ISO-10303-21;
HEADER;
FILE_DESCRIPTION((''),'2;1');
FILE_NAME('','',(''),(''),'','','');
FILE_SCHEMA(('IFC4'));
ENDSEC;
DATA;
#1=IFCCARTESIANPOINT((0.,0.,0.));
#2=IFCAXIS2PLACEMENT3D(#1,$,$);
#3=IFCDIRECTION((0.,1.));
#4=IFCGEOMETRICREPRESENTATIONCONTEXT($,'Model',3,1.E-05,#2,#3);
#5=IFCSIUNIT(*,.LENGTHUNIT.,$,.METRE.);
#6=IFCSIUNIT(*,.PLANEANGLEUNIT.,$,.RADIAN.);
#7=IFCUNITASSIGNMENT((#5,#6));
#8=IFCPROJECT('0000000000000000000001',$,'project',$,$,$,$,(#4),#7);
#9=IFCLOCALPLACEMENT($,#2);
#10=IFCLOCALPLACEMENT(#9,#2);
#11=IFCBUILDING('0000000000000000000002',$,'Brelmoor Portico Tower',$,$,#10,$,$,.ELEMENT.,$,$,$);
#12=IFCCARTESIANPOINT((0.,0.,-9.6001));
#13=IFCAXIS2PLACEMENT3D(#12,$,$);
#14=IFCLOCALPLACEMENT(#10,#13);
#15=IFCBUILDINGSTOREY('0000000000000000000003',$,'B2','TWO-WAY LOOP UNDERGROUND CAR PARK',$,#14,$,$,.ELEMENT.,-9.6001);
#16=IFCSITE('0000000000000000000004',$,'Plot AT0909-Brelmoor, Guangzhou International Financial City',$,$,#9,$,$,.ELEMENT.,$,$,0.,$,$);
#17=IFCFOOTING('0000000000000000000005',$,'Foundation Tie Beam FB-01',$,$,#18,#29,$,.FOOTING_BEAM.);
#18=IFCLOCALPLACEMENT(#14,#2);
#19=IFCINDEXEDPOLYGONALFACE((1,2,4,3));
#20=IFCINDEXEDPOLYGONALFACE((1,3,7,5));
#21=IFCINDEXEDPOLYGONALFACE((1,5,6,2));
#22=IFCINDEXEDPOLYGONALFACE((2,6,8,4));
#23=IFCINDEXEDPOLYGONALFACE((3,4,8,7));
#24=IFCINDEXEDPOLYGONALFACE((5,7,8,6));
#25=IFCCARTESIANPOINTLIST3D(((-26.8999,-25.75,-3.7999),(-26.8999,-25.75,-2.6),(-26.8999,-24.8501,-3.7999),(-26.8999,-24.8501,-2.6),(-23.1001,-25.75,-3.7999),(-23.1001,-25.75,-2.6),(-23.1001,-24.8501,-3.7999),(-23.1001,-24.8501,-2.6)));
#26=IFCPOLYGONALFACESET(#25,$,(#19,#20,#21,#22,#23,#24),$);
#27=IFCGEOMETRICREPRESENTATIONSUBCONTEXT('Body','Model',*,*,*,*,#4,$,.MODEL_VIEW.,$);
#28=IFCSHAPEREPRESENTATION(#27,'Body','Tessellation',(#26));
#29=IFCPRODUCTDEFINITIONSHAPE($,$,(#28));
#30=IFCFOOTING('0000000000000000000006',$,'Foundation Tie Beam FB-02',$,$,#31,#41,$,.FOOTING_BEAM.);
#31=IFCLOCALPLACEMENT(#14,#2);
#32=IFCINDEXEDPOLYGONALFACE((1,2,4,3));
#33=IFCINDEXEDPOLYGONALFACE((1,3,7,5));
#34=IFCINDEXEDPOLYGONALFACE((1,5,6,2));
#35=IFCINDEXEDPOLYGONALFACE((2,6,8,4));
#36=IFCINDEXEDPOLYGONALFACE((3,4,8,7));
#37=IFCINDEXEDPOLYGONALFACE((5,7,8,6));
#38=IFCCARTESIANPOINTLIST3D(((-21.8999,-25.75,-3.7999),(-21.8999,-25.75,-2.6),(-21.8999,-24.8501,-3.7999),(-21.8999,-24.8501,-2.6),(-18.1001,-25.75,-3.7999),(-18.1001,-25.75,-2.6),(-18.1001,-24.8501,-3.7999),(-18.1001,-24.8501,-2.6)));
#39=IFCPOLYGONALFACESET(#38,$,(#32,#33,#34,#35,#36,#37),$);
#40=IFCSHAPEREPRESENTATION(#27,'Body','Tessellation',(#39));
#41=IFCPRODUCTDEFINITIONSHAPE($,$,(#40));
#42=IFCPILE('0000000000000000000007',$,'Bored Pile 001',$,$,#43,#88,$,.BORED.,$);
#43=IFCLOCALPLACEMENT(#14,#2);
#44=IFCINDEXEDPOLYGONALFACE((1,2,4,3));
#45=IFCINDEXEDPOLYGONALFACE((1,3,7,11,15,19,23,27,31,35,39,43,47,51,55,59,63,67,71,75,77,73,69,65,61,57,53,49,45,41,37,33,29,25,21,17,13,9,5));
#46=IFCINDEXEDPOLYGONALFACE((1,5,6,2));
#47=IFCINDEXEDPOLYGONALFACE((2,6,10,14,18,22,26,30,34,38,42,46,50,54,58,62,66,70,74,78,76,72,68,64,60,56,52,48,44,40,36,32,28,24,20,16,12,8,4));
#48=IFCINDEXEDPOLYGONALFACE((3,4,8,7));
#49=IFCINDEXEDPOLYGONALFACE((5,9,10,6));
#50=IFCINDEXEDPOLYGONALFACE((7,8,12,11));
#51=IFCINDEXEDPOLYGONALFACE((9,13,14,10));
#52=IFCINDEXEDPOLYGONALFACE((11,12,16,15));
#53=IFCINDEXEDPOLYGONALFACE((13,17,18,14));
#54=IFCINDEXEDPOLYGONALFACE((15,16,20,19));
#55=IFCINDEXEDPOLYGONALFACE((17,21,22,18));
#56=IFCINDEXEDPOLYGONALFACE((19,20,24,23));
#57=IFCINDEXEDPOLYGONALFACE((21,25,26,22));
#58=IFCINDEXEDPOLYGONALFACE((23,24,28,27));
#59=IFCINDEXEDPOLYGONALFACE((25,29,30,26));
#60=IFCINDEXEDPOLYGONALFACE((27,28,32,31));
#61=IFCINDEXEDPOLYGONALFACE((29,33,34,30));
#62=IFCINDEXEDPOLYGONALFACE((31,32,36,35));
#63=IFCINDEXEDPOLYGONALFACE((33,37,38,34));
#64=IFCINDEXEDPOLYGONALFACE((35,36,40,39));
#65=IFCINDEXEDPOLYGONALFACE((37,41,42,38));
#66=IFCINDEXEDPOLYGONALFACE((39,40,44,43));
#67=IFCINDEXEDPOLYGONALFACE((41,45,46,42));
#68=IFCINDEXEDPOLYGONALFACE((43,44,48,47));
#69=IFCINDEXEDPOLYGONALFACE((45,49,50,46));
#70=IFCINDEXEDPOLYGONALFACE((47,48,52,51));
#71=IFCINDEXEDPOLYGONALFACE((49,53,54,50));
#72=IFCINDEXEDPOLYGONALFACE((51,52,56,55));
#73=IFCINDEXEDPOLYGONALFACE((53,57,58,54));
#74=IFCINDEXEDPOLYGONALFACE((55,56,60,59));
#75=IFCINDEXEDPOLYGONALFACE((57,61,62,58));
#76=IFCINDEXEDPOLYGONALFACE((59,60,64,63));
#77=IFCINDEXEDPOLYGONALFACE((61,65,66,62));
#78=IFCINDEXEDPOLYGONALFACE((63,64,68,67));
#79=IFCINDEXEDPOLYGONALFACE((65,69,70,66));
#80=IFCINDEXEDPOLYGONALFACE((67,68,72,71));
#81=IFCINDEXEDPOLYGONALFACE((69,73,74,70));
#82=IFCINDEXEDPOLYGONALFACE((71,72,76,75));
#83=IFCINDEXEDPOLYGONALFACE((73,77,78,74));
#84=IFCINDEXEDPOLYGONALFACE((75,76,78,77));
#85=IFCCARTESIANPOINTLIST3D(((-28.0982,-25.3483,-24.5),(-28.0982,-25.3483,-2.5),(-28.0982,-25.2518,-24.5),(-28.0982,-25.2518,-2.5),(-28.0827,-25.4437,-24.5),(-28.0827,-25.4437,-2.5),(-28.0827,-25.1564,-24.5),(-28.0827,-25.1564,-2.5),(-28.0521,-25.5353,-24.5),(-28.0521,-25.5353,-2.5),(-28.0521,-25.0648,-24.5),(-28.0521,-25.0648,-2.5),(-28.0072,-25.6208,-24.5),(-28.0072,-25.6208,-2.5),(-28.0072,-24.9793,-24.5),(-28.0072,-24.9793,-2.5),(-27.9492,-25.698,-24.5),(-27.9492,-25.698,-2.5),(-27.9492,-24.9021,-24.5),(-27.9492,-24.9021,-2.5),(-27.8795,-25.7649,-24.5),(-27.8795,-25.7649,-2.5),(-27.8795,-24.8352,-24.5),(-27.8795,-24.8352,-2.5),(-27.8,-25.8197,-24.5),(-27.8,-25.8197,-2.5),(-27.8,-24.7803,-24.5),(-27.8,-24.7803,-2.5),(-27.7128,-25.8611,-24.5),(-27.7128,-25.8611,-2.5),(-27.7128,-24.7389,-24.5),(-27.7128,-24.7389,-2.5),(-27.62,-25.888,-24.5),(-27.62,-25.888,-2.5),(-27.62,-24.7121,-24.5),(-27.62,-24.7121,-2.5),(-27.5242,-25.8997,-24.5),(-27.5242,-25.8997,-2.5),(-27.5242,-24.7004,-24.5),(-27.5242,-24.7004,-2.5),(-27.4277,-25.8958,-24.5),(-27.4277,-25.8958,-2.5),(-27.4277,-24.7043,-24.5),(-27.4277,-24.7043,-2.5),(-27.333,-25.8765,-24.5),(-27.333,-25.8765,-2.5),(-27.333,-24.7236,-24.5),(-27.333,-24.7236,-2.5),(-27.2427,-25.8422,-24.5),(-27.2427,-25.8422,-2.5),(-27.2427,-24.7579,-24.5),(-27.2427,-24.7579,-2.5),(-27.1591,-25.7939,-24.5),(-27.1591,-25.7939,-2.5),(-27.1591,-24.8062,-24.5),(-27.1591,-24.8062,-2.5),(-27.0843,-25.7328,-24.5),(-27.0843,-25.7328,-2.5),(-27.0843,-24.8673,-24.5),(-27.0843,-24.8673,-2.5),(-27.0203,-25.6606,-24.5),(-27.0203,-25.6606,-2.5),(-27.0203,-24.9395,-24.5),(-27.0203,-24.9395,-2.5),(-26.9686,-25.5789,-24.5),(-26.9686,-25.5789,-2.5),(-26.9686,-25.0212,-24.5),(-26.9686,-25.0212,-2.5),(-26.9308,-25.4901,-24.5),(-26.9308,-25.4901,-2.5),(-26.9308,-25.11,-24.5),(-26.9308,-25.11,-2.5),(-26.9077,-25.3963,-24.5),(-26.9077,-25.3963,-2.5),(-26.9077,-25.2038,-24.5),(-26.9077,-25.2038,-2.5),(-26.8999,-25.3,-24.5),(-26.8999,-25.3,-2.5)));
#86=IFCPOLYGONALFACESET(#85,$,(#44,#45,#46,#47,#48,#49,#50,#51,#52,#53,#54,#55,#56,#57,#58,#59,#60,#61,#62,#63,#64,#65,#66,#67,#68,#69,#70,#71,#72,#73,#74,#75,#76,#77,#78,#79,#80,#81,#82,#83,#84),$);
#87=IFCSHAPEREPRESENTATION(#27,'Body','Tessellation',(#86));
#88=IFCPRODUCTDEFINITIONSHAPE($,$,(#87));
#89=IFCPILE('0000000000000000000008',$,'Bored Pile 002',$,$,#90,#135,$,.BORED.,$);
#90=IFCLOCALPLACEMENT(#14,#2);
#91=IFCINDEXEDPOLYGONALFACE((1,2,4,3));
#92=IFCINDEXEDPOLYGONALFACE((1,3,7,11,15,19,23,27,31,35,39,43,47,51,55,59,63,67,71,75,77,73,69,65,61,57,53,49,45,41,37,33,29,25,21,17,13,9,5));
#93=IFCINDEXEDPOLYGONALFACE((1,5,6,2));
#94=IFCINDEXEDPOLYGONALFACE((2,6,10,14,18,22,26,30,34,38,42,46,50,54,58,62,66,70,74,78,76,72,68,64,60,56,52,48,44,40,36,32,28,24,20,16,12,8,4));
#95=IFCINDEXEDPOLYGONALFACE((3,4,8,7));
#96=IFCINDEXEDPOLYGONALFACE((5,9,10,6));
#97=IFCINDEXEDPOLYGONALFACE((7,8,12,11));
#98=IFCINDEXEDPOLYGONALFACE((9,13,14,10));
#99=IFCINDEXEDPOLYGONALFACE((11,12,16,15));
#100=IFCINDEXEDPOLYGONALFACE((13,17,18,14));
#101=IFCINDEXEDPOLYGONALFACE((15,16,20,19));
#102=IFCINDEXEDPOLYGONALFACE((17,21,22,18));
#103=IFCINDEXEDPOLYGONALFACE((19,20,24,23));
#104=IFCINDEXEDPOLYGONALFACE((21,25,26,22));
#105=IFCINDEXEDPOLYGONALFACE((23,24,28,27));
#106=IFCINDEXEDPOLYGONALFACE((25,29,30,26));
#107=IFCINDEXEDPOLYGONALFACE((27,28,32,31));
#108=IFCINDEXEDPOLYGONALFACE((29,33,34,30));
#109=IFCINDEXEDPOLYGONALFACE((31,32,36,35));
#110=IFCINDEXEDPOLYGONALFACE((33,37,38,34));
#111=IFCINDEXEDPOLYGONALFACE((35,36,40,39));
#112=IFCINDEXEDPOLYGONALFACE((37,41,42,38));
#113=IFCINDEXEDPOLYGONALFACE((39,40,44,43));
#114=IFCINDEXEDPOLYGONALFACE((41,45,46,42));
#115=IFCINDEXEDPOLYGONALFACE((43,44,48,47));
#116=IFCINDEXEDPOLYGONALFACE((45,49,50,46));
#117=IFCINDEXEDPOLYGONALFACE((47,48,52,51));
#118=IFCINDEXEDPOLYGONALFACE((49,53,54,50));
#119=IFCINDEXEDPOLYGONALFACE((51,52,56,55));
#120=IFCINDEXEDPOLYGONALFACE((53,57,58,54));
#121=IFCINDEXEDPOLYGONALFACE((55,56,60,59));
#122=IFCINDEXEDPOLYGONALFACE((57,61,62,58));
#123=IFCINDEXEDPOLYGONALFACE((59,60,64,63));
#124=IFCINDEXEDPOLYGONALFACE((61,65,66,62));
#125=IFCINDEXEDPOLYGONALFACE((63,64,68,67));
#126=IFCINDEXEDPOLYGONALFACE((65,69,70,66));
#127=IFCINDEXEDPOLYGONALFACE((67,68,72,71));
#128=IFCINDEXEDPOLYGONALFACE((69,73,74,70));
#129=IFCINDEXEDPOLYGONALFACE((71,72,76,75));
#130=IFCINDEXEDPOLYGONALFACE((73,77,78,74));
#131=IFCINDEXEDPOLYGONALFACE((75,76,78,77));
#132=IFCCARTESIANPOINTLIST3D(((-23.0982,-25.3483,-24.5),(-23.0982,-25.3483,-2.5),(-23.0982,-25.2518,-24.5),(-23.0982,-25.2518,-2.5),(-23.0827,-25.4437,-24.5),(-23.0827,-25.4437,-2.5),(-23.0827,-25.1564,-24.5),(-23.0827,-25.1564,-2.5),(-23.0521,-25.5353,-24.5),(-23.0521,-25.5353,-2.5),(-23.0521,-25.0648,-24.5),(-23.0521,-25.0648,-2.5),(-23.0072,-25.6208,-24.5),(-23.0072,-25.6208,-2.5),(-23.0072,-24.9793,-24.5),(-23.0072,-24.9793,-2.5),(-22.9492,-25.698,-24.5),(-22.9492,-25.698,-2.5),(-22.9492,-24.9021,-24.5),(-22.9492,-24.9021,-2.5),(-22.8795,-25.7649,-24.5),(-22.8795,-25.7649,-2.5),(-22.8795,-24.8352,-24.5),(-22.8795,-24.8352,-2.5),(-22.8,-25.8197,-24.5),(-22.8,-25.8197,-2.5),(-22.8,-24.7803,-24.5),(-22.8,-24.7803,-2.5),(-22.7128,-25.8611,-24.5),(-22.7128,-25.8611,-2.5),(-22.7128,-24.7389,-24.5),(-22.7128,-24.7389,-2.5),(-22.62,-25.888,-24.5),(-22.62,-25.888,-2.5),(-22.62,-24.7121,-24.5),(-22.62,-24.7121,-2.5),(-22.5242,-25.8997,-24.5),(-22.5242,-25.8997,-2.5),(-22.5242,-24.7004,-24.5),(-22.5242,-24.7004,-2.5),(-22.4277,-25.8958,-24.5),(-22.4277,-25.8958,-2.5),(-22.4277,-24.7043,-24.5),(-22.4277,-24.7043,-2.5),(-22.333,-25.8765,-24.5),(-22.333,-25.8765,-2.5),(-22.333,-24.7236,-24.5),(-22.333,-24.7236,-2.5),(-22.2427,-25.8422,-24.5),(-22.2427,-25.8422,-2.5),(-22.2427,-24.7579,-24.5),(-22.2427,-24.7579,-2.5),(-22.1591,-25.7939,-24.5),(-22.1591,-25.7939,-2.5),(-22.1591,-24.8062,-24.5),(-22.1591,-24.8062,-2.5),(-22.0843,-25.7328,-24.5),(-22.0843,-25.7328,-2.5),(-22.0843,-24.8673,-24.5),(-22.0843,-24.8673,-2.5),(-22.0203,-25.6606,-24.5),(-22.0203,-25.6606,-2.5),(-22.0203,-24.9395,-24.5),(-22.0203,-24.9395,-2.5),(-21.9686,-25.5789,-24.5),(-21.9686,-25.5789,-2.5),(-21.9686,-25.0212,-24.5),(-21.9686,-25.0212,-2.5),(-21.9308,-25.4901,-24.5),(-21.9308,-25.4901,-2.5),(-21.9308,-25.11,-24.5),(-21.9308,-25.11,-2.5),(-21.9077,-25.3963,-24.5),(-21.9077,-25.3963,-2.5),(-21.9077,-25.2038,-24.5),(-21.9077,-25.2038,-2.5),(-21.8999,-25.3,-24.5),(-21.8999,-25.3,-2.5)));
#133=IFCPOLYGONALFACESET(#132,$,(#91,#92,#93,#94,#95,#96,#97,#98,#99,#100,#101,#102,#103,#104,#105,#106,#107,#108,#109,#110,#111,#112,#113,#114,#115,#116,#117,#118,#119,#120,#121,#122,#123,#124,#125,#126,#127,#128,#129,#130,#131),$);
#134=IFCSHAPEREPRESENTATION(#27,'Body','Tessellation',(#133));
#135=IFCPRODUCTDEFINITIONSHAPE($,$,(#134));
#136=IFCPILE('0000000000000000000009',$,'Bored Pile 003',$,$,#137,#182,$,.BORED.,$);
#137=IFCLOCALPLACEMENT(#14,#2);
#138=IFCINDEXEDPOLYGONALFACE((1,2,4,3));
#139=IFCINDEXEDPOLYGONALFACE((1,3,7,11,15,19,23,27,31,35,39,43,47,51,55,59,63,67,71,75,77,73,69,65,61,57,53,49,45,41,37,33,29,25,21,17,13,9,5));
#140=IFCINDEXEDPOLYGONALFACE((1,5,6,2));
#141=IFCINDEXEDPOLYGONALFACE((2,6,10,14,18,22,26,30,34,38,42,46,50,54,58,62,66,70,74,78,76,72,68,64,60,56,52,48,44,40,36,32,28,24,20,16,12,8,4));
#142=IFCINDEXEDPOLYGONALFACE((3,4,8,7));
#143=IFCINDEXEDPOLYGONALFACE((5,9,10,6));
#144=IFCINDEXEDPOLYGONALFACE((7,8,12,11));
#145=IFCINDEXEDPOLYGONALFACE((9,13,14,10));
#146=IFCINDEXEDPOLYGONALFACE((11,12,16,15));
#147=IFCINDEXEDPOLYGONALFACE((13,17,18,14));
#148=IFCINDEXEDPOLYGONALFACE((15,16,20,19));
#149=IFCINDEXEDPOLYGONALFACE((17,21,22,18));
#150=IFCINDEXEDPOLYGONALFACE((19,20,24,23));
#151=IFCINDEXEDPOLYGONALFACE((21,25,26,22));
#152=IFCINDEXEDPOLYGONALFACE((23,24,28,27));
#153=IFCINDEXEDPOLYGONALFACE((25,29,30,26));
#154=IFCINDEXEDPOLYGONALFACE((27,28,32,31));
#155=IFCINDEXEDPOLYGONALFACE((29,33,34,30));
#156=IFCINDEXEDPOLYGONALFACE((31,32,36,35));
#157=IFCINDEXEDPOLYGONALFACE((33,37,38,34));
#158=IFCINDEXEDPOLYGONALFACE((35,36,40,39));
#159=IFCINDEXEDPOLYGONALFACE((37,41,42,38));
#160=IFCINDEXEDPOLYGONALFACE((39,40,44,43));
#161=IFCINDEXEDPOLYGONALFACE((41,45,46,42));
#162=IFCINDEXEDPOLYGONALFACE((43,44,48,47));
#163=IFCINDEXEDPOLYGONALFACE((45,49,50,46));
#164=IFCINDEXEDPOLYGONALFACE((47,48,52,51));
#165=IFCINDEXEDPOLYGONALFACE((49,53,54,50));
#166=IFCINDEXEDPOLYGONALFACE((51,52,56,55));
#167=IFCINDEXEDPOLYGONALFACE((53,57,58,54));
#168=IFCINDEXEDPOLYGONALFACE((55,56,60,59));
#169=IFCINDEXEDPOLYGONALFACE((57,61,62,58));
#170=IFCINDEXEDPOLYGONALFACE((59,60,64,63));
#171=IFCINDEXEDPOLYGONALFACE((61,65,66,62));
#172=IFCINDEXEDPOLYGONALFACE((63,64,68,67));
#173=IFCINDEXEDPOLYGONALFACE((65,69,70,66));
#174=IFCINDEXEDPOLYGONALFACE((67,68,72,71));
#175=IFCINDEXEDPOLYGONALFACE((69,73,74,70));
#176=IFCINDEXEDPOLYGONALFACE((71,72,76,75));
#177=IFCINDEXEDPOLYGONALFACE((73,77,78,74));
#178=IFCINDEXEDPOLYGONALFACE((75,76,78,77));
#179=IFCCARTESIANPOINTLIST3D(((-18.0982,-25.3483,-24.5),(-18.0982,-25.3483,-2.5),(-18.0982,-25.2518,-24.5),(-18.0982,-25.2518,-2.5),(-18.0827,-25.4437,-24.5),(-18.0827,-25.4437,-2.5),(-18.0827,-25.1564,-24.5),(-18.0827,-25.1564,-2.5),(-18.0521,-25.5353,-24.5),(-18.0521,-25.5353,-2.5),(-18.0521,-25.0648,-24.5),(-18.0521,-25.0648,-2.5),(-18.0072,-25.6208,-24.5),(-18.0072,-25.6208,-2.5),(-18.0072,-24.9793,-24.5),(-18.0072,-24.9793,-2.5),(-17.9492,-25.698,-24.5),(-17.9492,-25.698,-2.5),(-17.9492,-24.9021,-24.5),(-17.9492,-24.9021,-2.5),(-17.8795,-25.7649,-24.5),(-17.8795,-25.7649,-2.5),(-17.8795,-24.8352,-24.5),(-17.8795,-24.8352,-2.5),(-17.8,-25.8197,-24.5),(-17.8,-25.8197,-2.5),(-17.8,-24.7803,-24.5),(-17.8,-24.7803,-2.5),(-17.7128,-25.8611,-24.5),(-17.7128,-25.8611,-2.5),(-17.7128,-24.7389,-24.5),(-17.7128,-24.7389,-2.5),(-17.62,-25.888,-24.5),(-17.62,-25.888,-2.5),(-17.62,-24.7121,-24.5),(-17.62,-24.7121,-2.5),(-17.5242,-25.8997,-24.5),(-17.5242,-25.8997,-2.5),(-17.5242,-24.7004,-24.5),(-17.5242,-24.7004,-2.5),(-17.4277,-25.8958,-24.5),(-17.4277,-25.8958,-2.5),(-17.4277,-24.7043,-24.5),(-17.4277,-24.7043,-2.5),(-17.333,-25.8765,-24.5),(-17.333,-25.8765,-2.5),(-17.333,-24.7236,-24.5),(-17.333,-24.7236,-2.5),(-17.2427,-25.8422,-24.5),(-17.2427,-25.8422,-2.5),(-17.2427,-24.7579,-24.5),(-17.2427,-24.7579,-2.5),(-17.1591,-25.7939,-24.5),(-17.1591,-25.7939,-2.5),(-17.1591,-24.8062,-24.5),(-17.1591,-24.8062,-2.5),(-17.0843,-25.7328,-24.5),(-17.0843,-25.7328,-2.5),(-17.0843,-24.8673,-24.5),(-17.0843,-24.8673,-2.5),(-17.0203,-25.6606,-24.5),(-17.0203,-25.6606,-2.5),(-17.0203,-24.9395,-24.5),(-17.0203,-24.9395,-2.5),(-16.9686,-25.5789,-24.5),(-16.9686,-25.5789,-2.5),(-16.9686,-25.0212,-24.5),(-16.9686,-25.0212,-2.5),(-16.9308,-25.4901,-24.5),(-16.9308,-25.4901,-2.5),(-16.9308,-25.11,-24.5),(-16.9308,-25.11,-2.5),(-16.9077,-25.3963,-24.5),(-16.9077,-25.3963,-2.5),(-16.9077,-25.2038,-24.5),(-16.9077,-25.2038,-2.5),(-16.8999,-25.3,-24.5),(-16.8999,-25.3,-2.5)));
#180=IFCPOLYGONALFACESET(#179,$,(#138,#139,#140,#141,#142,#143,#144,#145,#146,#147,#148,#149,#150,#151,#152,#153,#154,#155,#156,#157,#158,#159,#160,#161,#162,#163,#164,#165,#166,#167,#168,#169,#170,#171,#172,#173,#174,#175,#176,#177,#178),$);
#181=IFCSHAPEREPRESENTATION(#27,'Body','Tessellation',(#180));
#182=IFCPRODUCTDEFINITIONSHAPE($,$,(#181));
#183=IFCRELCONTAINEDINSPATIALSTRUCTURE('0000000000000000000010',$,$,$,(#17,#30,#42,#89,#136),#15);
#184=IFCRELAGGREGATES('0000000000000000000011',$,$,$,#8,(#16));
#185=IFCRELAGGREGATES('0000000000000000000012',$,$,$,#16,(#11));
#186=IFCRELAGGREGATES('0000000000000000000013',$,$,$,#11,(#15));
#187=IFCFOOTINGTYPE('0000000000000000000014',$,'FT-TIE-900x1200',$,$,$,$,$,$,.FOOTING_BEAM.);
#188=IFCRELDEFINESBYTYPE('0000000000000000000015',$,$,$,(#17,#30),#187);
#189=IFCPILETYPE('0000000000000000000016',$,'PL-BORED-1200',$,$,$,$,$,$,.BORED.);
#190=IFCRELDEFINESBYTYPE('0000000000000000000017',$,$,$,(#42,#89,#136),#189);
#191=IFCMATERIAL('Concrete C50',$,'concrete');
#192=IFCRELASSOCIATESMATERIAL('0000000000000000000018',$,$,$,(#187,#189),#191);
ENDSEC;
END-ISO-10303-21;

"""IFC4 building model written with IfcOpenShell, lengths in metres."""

from ifc_helpers import new_model, si_unit, direction, frame, origin, origin_2d, place, context, subcontext, project, spatial, rectangle, circle, extrude, material, material_profile, profile_set, type_object, element, save


model = new_model("IFC4")

# Units and contexts
model_context = context("Model", 3, precision=1e-05, world=origin(), true_north=direction((0.0, 1.0)))
body_context = subcontext(model_context, "Body", "Model", "MODEL_VIEW")
ifc_project = project(units=[si_unit("LENGTHUNIT", "METRE"), si_unit("PLANEANGLEUNIT", "RADIAN")], contexts=[model_context])

# Site, building, storey
site_placement = place(None, origin())
site = spatial("IfcSite", under=ifc_project, at=site_placement, Name="Plot AT0909-Brelmoor, Guangzhou International Financial City", CompositionType="ELEMENT", RefElevation=0.0)
building_placement = place(site_placement, origin())
building = spatial("IfcBuilding", under=site, at=building_placement, Name="Brelmoor Portico Tower", CompositionType="ELEMENT")
storey_placement = place(building_placement, frame((0.0, 0.0, -9.6001)))
storey = spatial("IfcBuildingStorey", under=building, at=storey_placement, Name="B2", Description="TWO-WAY LOOP UNDERGROUND CAR PARK", CompositionType="ELEMENT", Elevation=-9.6001)

# Footings
ifc_material_1 = material(Name="Concrete C50", Category="concrete")
ifc_material_profile_1 = material_profile(ifc_material_1, rectangle(XDim=0.8999, YDim=1.2, at=origin_2d()), Name="RC 900x1200")
ifc_profile_set_1 = profile_set([ifc_material_profile_1], Name="Concrete C50")
footing_type = type_object("IfcFootingType", Name="FT-TIE-900x1200", PredefinedType="FOOTING_BEAM", material=ifc_profile_set_1)
for number, where, z_axis, x_axis, name in (
    (1, (-26.8999, -25.3, -3.2), (1.0, 0.0, 0.0), (0.0, 1.0, 0.0), "Foundation Tie Beam FB-01"),
    (2, (-21.8999, -25.3, -3.2), (1.0, 0.0, 0.0), (0.0, 1.0, 0.0), "Foundation Tie Beam FB-02"),
):
    element("IfcFooting", number, at=place(storey_placement, frame(where, z_axis=z_axis, x_axis=x_axis)), inside=storey, type_object=footing_type, Name=name, PredefinedType="FOOTING_BEAM", context=body_context, shape_type="SweptSolid", body=[
        extrude(rectangle(XDim=0.8999, YDim=1.2, at=origin_2d()), origin(), (0.0, 0.0, 1.0), 3.7998),
    ])

# Piles
ifc_material_profile_2 = material_profile(ifc_material_1, circle(Radius=0.6001, at=origin_2d()), Name="BORED PILE D1200")
ifc_profile_set_2 = profile_set([ifc_material_profile_2], Name="Concrete C50")
pile_type = type_object("IfcPileType", Name="PL-BORED-1200", PredefinedType="BORED", material=ifc_profile_set_2)
for number, where, z_axis, x_axis, name in (
    (3, (-27.5, -25.3, -2.5), (0.0, 0.0, -1.0), (1.0, 0.0, 0.0), "Bored Pile 001"),
    (4, (-22.5, -25.3, -2.5), (0.0, 0.0, -1.0), (1.0, 0.0, 0.0), "Bored Pile 002"),
    (5, (-17.5, -25.3, -2.5), (0.0, 0.0, -1.0), (1.0, 0.0, 0.0), "Bored Pile 003"),
):
    element("IfcPile", number, at=place(storey_placement, frame(where, z_axis=z_axis, x_axis=x_axis)), inside=storey, type_object=pile_type, Name=name, PredefinedType="BORED", context=body_context, shape_type="SweptSolid", body=[
        extrude(circle(Radius=0.6001, at=origin_2d()), origin(), (0.0, 0.0, 1.0), 22.0),
    ])

save(model, "model.ifc")
